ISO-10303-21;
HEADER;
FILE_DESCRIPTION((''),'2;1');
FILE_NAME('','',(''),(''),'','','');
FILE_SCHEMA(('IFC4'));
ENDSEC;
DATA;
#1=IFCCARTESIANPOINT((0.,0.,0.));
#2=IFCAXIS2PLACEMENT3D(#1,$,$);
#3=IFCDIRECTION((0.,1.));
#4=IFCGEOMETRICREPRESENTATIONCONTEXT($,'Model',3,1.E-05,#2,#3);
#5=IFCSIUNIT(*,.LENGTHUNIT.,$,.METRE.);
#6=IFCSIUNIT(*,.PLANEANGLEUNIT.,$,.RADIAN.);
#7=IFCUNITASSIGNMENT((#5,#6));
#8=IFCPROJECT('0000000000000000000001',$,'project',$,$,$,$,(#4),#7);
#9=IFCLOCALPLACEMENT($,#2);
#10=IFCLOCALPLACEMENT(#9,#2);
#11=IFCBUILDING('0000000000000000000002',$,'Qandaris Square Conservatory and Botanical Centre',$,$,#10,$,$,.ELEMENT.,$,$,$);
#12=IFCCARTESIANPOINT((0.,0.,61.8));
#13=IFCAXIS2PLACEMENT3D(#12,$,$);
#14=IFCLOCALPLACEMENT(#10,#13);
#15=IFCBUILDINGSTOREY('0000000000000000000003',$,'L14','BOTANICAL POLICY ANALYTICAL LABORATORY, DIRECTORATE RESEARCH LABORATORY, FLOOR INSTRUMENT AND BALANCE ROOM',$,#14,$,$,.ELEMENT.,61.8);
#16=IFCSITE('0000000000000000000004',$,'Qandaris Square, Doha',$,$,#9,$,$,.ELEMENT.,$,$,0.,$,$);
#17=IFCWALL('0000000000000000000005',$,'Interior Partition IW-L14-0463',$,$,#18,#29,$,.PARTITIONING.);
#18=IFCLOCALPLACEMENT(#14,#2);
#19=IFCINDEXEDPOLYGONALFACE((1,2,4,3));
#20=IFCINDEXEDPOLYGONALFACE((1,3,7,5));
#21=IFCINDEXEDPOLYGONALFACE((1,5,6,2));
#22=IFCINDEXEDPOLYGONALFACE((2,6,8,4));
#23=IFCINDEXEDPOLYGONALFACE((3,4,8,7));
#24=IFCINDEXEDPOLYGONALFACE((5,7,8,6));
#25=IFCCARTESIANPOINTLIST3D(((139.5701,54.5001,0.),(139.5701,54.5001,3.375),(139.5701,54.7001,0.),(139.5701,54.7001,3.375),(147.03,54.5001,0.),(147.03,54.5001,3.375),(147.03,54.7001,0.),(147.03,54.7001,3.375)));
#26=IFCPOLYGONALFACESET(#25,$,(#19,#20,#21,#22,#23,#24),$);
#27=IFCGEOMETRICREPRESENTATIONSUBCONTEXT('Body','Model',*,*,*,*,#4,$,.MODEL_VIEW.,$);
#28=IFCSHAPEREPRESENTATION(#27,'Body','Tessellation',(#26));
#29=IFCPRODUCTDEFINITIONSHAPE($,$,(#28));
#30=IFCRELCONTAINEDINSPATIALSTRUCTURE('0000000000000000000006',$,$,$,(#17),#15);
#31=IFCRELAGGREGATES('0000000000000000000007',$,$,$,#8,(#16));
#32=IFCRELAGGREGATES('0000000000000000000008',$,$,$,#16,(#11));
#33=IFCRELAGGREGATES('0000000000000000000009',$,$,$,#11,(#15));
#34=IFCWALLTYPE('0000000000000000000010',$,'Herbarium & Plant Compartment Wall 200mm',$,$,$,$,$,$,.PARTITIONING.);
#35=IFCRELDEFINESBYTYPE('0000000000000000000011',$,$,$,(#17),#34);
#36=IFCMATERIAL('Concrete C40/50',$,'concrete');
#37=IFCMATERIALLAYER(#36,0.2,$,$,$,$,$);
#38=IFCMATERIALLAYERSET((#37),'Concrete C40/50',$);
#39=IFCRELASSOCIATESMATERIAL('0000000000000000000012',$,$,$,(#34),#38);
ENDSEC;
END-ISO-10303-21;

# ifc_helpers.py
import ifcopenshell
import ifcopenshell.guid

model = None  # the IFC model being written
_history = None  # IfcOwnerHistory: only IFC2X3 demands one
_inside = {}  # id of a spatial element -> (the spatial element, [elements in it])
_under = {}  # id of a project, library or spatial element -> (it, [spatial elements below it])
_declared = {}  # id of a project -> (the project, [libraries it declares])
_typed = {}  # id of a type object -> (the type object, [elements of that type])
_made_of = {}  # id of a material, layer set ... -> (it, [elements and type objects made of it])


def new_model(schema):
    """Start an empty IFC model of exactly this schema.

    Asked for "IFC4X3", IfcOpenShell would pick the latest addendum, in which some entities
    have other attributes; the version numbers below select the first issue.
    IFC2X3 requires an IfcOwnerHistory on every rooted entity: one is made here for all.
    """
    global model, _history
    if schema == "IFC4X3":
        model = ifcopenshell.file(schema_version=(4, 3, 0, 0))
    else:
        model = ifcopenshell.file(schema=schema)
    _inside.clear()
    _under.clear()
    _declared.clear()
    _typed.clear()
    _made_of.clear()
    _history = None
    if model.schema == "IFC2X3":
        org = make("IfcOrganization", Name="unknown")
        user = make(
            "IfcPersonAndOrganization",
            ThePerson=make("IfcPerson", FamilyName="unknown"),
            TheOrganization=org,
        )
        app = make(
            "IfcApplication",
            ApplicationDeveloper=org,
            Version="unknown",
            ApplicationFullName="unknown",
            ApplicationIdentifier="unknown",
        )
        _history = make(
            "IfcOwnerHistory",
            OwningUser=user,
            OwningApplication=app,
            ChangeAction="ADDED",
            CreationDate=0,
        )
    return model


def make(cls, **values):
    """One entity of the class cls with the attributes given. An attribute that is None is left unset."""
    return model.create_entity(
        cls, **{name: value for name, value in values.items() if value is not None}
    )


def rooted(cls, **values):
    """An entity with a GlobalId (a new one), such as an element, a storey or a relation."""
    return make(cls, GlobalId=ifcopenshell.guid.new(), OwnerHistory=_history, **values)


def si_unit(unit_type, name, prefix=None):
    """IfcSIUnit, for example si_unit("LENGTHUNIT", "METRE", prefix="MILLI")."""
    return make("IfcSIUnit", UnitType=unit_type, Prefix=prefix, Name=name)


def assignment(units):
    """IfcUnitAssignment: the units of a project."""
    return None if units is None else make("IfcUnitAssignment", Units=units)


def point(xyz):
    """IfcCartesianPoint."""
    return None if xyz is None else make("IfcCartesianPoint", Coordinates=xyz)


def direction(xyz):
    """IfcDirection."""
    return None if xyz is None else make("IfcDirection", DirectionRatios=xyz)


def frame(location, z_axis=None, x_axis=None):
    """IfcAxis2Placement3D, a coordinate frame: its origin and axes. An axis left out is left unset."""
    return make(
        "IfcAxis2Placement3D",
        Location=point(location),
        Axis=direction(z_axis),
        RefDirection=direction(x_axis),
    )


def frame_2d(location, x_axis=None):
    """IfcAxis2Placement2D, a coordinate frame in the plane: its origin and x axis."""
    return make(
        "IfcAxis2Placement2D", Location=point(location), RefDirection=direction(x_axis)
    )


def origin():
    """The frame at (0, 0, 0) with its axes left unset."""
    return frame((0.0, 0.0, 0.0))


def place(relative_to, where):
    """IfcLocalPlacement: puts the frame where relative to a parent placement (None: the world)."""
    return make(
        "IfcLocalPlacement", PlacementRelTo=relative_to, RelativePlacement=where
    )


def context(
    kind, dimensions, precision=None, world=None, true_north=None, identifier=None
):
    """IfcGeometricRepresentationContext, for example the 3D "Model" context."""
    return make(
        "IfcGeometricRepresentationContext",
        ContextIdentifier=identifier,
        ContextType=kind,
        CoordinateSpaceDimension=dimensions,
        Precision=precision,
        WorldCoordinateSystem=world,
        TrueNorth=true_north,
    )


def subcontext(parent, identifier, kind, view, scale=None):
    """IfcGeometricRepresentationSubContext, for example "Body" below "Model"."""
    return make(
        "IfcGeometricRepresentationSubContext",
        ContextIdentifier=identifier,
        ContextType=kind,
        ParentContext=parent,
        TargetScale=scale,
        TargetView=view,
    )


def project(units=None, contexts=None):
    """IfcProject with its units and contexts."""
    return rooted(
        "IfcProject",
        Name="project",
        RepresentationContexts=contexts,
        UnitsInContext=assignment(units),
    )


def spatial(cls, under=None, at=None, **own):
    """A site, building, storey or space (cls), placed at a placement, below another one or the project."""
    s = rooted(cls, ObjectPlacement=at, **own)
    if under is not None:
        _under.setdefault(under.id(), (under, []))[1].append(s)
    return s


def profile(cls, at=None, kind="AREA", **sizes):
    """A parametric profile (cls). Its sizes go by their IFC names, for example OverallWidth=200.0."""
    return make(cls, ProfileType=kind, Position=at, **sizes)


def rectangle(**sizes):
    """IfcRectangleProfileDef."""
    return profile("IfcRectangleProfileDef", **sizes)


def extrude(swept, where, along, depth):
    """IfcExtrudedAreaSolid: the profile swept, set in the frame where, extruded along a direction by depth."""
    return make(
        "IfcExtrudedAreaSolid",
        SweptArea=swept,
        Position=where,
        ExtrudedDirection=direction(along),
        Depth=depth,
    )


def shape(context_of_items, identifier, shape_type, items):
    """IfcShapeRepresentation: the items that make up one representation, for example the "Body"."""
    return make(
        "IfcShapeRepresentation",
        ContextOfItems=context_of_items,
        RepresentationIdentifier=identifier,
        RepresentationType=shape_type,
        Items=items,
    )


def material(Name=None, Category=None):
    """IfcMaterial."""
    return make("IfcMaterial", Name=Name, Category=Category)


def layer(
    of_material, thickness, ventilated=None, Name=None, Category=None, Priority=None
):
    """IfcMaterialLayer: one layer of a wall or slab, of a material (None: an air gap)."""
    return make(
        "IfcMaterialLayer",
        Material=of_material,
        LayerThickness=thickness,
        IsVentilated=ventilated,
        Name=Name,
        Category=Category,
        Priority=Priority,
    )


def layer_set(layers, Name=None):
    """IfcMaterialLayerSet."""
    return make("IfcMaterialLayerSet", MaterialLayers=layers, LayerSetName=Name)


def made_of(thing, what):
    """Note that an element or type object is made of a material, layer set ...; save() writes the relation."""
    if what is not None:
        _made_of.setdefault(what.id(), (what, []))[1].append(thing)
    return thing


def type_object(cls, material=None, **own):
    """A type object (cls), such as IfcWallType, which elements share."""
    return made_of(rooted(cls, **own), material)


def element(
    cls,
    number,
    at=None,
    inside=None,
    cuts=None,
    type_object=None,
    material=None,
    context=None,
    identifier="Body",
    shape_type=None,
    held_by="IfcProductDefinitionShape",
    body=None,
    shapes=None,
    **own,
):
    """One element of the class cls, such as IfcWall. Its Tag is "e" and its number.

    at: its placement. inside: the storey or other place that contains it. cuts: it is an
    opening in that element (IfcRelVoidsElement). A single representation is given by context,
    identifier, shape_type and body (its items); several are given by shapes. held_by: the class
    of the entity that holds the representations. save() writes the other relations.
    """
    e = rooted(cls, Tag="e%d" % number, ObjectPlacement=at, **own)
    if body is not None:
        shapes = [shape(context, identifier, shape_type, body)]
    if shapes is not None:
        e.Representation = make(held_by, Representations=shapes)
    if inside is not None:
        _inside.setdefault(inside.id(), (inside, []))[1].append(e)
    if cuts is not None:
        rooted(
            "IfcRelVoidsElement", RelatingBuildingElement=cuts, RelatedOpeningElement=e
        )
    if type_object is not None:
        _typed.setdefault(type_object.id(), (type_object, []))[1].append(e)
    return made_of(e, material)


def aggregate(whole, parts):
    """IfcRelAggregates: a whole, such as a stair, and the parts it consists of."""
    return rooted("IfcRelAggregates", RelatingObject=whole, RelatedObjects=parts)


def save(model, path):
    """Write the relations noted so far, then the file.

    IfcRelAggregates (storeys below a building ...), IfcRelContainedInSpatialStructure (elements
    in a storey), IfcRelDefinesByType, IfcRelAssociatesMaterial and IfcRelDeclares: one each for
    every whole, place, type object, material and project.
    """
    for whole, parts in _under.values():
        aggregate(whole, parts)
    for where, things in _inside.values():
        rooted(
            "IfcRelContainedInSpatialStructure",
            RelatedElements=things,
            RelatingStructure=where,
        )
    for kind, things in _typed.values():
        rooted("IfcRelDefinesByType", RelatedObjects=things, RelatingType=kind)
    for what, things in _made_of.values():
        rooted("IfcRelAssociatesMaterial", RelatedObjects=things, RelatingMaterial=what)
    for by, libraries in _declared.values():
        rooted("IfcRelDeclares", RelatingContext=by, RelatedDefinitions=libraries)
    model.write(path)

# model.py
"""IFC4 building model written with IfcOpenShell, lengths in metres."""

from ifc_helpers import new_model, si_unit, direction, frame, frame_2d, origin, place, context, subcontext, project, spatial, rectangle, extrude, material, layer, layer_set, type_object, element, save


model = new_model("IFC4")

# Units and contexts
model_context = context("Model", 3, precision=1e-05, world=origin(), true_north=direction((0.0, 1.0)))
body_context = subcontext(model_context, "Body", "Model", "MODEL_VIEW")
ifc_project = project(units=[si_unit("LENGTHUNIT", "METRE"), si_unit("PLANEANGLEUNIT", "RADIAN")], contexts=[model_context])

# Site, building, storey
site_placement = place(None, origin())
site = spatial("IfcSite", under=ifc_project, at=site_placement, Name="Qandaris Square, Doha", CompositionType="ELEMENT", RefElevation=0.0)
building_placement = place(site_placement, origin())
building = spatial("IfcBuilding", under=site, at=building_placement, Name="Qandaris Square Conservatory and Botanical Centre", CompositionType="ELEMENT")
storey_placement = place(building_placement, frame((0.0, 0.0, 61.8)))
storey = spatial("IfcBuildingStorey", under=building, at=storey_placement, Name="L14", Description="BOTANICAL POLICY ANALYTICAL LABORATORY, DIRECTORATE RESEARCH LABORATORY, FLOOR INSTRUMENT AND BALANCE ROOM", CompositionType="ELEMENT", Elevation=61.8)

# Wall
ifc_material_1 = material(Name="Concrete C40/50", Category="concrete")
ifc_layer_1 = layer(ifc_material_1, 0.2)
ifc_layer_set_1 = layer_set([ifc_layer_1], Name="Concrete C40/50")
wall_type_1 = type_object("IfcWallType", Name="Herbarium & Plant Compartment Wall 200mm", PredefinedType="PARTITIONING", material=ifc_layer_set_1)
wall_1_placement = place(storey_placement, frame((139.5701, 54.6001, 0.0), z_axis=(0.0, 0.0, 1.0), x_axis=(1.0, 0.0, 0.0)))
element("IfcWall", 1, at=wall_1_placement, inside=storey, type_object=wall_type_1, Name="Interior Partition IW-L14-0463", PredefinedType="PARTITIONING", context=body_context, shape_type="SweptSolid", body=[
    extrude(rectangle(XDim=7.46, YDim=0.2, at=frame_2d((3.73, 0.0))), origin(), (0.0, 0.0, 1.0), 3.375),
])

save(model, "model.ifc")
